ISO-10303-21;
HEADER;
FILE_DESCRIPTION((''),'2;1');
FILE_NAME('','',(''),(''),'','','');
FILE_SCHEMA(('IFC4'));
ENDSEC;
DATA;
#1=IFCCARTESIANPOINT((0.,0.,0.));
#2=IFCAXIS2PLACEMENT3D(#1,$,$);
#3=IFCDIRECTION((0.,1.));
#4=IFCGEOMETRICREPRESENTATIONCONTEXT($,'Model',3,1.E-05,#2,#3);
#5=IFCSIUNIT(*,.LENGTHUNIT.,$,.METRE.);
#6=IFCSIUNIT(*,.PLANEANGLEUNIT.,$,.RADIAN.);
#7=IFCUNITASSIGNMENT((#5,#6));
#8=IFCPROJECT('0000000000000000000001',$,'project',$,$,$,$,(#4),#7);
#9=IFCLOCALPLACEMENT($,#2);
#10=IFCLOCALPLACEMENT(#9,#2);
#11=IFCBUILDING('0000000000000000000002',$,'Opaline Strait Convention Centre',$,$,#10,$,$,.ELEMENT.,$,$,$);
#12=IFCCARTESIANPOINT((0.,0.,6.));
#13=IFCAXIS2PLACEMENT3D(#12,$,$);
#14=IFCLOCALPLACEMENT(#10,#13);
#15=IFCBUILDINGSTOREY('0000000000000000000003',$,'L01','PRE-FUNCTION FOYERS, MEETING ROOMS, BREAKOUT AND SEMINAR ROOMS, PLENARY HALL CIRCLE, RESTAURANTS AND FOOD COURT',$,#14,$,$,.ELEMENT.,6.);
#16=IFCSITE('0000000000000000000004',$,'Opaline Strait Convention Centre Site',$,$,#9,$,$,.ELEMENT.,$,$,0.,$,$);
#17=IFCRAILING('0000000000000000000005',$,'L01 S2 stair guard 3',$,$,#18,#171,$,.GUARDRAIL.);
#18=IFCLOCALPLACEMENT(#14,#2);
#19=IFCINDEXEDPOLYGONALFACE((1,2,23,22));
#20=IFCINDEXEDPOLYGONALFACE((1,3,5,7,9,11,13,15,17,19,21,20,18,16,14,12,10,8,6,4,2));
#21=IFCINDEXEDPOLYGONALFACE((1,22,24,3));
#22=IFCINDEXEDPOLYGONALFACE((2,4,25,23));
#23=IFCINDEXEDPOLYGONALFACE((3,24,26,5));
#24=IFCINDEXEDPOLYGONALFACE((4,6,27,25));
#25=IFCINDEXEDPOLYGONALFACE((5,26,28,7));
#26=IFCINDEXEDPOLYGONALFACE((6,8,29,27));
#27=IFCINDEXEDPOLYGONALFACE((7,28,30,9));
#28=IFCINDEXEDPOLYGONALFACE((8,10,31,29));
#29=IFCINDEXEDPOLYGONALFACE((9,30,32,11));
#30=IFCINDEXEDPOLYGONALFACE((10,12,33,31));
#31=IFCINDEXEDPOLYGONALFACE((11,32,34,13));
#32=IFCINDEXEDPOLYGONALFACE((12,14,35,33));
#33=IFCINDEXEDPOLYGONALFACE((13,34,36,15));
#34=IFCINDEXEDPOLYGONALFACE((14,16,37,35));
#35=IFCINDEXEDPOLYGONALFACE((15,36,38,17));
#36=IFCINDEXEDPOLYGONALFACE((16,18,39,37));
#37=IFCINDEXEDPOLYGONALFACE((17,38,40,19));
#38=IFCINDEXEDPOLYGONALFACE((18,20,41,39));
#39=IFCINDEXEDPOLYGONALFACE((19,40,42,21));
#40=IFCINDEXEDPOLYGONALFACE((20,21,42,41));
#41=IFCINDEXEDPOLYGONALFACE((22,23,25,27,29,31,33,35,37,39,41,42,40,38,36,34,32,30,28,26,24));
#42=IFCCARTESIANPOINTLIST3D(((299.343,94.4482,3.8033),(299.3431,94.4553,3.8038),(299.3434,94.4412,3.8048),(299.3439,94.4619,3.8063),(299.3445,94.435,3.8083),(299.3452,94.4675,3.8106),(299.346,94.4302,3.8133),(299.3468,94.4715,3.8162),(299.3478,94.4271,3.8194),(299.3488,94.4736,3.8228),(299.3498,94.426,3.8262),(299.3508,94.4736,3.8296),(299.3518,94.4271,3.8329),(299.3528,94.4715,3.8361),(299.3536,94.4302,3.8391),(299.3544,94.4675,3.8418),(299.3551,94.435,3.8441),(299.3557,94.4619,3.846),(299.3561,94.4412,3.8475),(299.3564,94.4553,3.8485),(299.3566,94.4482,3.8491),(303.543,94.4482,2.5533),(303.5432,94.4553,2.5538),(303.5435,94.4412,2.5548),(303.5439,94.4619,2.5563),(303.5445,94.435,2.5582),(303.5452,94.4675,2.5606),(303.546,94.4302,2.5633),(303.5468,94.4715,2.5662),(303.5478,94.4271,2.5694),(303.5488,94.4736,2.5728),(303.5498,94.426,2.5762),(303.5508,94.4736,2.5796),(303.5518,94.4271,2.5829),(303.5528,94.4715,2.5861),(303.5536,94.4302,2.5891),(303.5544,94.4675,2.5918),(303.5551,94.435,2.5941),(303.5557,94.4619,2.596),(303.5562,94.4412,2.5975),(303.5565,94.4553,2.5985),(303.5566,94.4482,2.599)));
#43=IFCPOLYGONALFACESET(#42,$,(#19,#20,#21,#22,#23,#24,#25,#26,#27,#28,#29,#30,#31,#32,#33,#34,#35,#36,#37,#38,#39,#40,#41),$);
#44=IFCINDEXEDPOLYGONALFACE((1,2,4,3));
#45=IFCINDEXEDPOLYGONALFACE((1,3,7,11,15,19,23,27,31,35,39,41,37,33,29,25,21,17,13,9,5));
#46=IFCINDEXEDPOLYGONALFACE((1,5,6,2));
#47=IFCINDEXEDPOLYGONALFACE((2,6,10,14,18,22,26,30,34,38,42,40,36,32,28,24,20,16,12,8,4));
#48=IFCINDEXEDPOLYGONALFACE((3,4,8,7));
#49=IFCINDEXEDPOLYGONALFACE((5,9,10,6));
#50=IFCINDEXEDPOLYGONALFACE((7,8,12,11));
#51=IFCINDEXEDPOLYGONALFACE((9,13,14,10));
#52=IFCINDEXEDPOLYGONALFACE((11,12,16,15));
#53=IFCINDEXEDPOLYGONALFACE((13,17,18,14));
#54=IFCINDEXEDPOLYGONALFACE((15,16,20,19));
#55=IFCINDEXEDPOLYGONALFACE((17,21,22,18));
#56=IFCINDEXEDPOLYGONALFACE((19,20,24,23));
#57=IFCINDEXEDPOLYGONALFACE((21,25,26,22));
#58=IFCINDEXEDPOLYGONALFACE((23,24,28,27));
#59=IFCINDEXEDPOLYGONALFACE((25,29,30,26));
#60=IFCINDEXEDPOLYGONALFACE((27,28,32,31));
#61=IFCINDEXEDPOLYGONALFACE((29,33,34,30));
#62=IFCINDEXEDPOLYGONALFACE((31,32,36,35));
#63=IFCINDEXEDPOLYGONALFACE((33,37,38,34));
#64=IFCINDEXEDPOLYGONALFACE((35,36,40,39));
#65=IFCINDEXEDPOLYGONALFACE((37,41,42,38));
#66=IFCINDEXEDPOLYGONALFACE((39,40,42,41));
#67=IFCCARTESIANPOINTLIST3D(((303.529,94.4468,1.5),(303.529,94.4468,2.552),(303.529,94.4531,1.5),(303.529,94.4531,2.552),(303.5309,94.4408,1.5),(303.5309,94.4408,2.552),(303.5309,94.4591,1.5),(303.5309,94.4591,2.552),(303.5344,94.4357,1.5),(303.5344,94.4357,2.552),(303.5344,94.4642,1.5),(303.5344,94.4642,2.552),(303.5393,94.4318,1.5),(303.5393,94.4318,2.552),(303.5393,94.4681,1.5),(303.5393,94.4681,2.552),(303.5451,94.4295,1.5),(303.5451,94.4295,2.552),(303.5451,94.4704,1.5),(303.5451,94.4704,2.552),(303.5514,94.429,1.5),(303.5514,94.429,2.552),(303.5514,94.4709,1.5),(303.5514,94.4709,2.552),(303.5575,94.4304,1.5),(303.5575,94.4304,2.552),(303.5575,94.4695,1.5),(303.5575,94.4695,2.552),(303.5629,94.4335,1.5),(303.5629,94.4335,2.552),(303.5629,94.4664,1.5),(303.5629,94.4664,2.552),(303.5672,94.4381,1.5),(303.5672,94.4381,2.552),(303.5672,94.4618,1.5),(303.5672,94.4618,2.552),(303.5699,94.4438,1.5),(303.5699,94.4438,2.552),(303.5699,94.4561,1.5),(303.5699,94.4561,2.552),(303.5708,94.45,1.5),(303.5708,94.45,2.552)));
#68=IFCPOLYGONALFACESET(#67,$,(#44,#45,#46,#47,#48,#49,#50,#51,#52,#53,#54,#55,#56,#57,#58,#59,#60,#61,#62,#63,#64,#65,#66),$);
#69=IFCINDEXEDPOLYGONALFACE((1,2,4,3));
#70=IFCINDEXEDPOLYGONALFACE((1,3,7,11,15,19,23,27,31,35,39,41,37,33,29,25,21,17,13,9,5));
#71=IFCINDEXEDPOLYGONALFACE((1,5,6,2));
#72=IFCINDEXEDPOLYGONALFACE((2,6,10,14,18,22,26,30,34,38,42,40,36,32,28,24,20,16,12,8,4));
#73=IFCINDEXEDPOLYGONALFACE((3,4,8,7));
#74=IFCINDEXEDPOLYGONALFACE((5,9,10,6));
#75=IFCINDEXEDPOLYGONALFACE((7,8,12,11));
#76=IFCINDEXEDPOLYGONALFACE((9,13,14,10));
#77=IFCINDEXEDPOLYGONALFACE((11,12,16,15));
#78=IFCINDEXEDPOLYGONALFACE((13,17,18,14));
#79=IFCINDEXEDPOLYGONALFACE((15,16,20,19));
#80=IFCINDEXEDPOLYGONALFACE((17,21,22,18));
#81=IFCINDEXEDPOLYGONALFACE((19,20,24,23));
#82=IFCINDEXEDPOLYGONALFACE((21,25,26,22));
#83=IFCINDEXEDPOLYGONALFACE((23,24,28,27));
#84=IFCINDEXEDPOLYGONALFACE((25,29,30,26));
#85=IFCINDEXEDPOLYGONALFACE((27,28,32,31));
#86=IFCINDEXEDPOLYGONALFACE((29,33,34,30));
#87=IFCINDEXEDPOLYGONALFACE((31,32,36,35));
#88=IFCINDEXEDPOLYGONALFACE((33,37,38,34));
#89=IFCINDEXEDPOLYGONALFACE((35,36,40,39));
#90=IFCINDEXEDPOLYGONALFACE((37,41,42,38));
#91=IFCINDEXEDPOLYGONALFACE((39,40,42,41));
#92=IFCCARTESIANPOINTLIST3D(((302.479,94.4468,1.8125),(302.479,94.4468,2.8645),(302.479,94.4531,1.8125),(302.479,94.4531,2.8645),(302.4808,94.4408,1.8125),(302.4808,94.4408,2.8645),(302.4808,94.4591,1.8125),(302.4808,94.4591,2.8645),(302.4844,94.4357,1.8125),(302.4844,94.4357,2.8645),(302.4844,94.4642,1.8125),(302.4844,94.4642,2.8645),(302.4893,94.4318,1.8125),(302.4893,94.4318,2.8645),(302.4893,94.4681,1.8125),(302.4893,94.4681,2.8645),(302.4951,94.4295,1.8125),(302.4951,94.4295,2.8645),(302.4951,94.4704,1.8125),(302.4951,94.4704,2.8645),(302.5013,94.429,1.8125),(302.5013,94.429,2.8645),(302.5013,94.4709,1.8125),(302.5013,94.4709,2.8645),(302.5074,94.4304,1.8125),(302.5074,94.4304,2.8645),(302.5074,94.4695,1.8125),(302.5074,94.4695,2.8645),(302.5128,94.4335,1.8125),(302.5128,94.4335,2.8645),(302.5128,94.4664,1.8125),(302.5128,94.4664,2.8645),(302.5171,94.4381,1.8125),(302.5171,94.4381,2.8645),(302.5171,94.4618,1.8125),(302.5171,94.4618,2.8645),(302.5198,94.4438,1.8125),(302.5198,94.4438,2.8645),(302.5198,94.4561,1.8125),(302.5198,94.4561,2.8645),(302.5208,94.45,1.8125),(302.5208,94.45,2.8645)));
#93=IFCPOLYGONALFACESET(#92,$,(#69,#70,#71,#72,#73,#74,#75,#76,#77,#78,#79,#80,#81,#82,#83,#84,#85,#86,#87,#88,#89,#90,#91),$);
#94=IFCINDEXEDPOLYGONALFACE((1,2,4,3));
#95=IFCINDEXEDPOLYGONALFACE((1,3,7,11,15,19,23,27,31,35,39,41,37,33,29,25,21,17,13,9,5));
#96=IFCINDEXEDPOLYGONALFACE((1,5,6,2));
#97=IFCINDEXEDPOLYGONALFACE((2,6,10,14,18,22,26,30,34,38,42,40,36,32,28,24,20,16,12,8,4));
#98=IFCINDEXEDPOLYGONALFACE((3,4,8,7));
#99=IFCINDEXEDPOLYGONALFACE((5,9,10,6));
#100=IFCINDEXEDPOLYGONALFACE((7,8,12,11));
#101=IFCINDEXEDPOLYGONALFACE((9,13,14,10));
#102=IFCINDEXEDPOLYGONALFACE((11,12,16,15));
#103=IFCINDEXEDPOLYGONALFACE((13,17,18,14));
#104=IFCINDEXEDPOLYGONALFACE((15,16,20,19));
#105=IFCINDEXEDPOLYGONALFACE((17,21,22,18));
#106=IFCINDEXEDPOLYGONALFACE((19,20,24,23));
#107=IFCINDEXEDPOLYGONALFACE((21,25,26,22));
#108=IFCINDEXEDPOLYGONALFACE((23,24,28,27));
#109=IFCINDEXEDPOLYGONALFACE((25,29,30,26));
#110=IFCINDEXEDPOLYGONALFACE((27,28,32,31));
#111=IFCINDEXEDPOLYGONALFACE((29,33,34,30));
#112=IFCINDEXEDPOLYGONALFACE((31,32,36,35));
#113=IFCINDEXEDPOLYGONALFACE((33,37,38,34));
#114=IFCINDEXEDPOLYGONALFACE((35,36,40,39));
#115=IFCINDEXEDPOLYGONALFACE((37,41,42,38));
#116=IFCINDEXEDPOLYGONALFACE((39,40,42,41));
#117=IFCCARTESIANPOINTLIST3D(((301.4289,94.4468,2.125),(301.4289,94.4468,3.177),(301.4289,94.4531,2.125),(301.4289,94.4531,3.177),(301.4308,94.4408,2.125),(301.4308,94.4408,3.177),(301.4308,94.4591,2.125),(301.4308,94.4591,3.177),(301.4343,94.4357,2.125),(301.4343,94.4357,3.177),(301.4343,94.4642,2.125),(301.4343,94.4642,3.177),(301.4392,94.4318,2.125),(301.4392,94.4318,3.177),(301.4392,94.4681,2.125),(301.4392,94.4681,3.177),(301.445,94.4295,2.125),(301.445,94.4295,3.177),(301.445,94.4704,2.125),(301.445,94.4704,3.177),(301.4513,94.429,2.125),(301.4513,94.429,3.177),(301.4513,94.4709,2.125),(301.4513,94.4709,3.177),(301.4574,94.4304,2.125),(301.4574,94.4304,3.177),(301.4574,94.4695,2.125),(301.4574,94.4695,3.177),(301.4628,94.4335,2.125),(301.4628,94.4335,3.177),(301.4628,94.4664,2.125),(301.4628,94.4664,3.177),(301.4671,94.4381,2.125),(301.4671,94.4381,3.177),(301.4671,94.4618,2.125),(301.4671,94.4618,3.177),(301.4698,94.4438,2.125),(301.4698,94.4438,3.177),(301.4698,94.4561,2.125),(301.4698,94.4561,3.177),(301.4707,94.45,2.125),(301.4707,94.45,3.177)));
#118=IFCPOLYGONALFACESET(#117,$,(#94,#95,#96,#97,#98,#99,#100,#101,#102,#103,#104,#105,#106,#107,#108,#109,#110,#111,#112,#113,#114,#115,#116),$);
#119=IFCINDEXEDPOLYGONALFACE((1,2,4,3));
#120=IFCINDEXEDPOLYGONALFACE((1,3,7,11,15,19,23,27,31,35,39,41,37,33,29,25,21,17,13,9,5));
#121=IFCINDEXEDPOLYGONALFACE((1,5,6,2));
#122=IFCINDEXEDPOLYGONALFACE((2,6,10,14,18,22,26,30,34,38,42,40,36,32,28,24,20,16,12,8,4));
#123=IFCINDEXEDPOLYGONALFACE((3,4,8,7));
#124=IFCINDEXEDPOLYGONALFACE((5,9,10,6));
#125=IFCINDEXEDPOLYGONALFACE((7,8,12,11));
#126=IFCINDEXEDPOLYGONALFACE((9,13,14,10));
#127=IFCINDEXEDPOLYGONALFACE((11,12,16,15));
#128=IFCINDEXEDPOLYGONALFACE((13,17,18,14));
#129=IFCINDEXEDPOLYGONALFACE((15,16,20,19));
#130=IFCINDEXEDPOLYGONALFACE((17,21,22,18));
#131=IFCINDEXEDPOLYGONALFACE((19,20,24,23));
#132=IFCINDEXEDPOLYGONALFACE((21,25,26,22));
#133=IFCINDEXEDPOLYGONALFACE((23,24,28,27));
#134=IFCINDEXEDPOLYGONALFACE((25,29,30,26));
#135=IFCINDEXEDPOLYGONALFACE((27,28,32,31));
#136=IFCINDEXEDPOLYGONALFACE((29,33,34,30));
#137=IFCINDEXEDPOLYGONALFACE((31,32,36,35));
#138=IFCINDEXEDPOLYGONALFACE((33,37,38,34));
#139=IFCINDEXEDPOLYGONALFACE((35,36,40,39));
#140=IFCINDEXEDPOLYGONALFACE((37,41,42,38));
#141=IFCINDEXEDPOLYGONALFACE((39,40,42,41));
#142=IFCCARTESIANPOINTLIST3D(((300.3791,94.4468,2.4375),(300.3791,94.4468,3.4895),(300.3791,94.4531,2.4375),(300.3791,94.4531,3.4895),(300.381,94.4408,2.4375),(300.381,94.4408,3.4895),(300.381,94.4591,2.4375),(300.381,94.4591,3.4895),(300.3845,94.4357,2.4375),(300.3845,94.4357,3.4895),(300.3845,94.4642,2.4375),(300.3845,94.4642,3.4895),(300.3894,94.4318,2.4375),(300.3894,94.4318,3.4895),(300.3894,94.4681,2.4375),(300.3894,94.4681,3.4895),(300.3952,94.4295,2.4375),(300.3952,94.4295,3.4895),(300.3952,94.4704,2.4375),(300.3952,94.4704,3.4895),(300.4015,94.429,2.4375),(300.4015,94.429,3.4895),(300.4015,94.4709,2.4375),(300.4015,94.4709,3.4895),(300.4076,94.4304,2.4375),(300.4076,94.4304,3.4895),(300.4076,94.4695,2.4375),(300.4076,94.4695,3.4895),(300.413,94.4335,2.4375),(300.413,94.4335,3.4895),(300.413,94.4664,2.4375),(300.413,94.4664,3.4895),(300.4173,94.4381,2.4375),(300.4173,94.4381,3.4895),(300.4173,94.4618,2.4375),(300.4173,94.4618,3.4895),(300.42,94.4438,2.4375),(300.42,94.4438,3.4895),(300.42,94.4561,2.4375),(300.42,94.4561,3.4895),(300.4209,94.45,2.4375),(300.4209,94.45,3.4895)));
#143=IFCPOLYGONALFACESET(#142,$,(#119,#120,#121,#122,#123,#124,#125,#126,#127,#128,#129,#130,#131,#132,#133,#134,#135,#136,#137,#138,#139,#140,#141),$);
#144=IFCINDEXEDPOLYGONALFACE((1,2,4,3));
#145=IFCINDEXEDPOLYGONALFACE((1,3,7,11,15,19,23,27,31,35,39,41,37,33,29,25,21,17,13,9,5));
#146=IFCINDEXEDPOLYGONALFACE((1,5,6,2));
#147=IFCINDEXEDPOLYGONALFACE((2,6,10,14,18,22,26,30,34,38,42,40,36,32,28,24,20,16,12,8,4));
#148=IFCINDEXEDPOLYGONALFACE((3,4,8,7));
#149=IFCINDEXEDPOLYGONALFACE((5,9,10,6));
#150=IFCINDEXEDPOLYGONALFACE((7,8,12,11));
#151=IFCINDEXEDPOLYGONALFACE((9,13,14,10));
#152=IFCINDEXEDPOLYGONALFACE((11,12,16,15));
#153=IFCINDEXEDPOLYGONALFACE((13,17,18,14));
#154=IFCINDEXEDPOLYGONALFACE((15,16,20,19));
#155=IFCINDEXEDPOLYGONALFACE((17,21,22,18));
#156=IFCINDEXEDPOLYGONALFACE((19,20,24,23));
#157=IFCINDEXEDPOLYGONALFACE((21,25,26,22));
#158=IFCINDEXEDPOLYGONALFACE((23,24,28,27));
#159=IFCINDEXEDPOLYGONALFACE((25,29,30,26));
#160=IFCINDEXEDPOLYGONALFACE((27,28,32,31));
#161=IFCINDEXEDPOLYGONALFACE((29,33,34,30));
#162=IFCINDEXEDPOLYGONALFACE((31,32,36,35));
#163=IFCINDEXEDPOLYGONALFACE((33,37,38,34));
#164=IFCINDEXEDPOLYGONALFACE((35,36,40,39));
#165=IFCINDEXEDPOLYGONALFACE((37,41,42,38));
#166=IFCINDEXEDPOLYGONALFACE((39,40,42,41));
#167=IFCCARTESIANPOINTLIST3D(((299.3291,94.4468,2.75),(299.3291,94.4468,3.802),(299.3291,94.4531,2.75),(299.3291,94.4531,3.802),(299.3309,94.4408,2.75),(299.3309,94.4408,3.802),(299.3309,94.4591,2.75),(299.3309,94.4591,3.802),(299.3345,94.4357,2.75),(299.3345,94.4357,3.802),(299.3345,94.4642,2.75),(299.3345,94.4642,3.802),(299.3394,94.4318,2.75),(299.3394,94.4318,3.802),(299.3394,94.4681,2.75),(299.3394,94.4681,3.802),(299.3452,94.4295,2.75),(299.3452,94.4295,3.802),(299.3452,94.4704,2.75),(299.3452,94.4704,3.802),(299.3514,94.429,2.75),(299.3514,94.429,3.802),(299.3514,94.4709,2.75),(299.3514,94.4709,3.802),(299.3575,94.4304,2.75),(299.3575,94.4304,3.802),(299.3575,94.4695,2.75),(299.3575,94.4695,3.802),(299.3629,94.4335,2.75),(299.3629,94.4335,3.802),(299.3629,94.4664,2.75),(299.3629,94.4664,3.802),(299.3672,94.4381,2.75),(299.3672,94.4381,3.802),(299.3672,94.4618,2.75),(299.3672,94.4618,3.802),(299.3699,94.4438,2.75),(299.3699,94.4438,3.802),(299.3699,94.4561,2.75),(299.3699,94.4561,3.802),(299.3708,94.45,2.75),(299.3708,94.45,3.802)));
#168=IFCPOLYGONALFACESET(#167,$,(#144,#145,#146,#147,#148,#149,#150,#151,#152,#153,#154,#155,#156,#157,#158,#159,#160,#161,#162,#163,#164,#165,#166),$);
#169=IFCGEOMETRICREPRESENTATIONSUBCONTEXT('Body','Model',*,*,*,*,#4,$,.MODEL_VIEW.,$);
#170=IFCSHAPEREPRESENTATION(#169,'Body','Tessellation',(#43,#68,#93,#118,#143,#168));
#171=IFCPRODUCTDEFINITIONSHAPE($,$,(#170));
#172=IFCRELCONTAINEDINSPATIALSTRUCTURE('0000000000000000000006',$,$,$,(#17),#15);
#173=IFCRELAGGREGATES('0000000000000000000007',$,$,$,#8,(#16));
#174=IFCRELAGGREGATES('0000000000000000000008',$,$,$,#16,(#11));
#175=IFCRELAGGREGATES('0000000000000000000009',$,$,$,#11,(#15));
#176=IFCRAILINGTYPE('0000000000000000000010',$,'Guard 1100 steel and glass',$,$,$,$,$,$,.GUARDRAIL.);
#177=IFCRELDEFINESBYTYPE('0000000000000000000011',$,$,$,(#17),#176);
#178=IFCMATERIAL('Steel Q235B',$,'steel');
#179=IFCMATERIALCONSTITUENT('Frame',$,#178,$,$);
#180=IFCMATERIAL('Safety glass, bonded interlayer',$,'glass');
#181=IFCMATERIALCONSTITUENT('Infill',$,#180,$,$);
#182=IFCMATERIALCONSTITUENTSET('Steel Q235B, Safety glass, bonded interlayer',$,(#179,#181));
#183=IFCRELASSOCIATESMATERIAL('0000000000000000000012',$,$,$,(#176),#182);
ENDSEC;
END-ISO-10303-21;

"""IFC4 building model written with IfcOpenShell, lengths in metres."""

from ifc_helpers import new_model, si_unit, direction, frame, origin, origin_2d, place, context, subcontext, project, spatial, circle, extrude, material, constituent, constituent_set, type_object, element, save


model = new_model("IFC4")

# Units and contexts
model_context = context("Model", 3, precision=1e-05, world=origin(), true_north=direction((0.0, 1.0)))
body_context = subcontext(model_context, "Body", "Model", "MODEL_VIEW")
ifc_project = project(units=[si_unit("LENGTHUNIT", "METRE"), si_unit("PLANEANGLEUNIT", "RADIAN")], contexts=[model_context])

# Site, building, storey
site_placement = place(None, origin())
site = spatial("IfcSite", under=ifc_project, at=site_placement, Name="Opaline Strait Convention Centre Site", CompositionType="ELEMENT", RefElevation=0.0)
building_placement = place(site_placement, origin())
building = spatial("IfcBuilding", under=site, at=building_placement, Name="Opaline Strait Convention Centre", CompositionType="ELEMENT")
storey_placement = place(building_placement, frame((0.0, 0.0, 6.0)))
storey = spatial("IfcBuildingStorey", under=building, at=storey_placement, Name="L01", Description="PRE-FUNCTION FOYERS, MEETING ROOMS, BREAKOUT AND SEMINAR ROOMS, PLENARY HALL CIRCLE, RESTAURANTS AND FOOD COURT", CompositionType="ELEMENT", Elevation=6.0)

# Railing
ifc_material_1 = material(Name="Steel Q235B", Category="steel")
ifc_constituent_1 = constituent(ifc_material_1, Name="Frame")
ifc_material_2 = material(Name="Safety glass, bonded interlayer", Category="glass")
ifc_constituent_2 = constituent(ifc_material_2, Name="Infill")
ifc_constituent_set = constituent_set(constituents=[ifc_constituent_1, ifc_constituent_2], Name="Steel Q235B, Safety glass, bonded interlayer")
railing_type_1 = type_object("IfcRailingType", Name="Guard 1100 steel and glass", PredefinedType="GUARDRAIL", material=ifc_constituent_set)
railing_1_placement = place(storey_placement, frame((303.5498, 94.45, 1.5)))
element("IfcRailing", 1, at=railing_1_placement, inside=storey, type_object=railing_type_1, Name="L01 S2 stair guard 3", PredefinedType="GUARDRAIL", context=body_context, shape_type="SweptSolid", body=[
    extrude(circle(Radius=0.0239, at=origin_2d()), frame((0.0, 0.0, 1.0762), z_axis=(-0.958451, 0.0, 0.285257), x_axis=(0.0, -1.0, 0.0)), (0.0, 0.0, 1.0), 4.3821),
    extrude(circle(Radius=0.021, at=origin_2d()), origin(), (0.0, 0.0, 1.0), 1.052),
    extrude(circle(Radius=0.021, at=origin_2d()), frame((-1.05, 0.0, 0.3125)), (0.0, 0.0, 1.0), 1.052),
    extrude(circle(Radius=0.021, at=origin_2d()), frame((-2.1001, 0.0, 0.625)), (0.0, 0.0, 1.0), 1.052),
    extrude(circle(Radius=0.021, at=origin_2d()), frame((-3.1499, 0.0, 0.9375)), (0.0, 0.0, 1.0), 1.052),
    extrude(circle(Radius=0.021, at=origin_2d()), frame((-4.2, 0.0, 1.25)), (0.0, 0.0, 1.0), 1.052),
])

save(model, "model.ifc")
